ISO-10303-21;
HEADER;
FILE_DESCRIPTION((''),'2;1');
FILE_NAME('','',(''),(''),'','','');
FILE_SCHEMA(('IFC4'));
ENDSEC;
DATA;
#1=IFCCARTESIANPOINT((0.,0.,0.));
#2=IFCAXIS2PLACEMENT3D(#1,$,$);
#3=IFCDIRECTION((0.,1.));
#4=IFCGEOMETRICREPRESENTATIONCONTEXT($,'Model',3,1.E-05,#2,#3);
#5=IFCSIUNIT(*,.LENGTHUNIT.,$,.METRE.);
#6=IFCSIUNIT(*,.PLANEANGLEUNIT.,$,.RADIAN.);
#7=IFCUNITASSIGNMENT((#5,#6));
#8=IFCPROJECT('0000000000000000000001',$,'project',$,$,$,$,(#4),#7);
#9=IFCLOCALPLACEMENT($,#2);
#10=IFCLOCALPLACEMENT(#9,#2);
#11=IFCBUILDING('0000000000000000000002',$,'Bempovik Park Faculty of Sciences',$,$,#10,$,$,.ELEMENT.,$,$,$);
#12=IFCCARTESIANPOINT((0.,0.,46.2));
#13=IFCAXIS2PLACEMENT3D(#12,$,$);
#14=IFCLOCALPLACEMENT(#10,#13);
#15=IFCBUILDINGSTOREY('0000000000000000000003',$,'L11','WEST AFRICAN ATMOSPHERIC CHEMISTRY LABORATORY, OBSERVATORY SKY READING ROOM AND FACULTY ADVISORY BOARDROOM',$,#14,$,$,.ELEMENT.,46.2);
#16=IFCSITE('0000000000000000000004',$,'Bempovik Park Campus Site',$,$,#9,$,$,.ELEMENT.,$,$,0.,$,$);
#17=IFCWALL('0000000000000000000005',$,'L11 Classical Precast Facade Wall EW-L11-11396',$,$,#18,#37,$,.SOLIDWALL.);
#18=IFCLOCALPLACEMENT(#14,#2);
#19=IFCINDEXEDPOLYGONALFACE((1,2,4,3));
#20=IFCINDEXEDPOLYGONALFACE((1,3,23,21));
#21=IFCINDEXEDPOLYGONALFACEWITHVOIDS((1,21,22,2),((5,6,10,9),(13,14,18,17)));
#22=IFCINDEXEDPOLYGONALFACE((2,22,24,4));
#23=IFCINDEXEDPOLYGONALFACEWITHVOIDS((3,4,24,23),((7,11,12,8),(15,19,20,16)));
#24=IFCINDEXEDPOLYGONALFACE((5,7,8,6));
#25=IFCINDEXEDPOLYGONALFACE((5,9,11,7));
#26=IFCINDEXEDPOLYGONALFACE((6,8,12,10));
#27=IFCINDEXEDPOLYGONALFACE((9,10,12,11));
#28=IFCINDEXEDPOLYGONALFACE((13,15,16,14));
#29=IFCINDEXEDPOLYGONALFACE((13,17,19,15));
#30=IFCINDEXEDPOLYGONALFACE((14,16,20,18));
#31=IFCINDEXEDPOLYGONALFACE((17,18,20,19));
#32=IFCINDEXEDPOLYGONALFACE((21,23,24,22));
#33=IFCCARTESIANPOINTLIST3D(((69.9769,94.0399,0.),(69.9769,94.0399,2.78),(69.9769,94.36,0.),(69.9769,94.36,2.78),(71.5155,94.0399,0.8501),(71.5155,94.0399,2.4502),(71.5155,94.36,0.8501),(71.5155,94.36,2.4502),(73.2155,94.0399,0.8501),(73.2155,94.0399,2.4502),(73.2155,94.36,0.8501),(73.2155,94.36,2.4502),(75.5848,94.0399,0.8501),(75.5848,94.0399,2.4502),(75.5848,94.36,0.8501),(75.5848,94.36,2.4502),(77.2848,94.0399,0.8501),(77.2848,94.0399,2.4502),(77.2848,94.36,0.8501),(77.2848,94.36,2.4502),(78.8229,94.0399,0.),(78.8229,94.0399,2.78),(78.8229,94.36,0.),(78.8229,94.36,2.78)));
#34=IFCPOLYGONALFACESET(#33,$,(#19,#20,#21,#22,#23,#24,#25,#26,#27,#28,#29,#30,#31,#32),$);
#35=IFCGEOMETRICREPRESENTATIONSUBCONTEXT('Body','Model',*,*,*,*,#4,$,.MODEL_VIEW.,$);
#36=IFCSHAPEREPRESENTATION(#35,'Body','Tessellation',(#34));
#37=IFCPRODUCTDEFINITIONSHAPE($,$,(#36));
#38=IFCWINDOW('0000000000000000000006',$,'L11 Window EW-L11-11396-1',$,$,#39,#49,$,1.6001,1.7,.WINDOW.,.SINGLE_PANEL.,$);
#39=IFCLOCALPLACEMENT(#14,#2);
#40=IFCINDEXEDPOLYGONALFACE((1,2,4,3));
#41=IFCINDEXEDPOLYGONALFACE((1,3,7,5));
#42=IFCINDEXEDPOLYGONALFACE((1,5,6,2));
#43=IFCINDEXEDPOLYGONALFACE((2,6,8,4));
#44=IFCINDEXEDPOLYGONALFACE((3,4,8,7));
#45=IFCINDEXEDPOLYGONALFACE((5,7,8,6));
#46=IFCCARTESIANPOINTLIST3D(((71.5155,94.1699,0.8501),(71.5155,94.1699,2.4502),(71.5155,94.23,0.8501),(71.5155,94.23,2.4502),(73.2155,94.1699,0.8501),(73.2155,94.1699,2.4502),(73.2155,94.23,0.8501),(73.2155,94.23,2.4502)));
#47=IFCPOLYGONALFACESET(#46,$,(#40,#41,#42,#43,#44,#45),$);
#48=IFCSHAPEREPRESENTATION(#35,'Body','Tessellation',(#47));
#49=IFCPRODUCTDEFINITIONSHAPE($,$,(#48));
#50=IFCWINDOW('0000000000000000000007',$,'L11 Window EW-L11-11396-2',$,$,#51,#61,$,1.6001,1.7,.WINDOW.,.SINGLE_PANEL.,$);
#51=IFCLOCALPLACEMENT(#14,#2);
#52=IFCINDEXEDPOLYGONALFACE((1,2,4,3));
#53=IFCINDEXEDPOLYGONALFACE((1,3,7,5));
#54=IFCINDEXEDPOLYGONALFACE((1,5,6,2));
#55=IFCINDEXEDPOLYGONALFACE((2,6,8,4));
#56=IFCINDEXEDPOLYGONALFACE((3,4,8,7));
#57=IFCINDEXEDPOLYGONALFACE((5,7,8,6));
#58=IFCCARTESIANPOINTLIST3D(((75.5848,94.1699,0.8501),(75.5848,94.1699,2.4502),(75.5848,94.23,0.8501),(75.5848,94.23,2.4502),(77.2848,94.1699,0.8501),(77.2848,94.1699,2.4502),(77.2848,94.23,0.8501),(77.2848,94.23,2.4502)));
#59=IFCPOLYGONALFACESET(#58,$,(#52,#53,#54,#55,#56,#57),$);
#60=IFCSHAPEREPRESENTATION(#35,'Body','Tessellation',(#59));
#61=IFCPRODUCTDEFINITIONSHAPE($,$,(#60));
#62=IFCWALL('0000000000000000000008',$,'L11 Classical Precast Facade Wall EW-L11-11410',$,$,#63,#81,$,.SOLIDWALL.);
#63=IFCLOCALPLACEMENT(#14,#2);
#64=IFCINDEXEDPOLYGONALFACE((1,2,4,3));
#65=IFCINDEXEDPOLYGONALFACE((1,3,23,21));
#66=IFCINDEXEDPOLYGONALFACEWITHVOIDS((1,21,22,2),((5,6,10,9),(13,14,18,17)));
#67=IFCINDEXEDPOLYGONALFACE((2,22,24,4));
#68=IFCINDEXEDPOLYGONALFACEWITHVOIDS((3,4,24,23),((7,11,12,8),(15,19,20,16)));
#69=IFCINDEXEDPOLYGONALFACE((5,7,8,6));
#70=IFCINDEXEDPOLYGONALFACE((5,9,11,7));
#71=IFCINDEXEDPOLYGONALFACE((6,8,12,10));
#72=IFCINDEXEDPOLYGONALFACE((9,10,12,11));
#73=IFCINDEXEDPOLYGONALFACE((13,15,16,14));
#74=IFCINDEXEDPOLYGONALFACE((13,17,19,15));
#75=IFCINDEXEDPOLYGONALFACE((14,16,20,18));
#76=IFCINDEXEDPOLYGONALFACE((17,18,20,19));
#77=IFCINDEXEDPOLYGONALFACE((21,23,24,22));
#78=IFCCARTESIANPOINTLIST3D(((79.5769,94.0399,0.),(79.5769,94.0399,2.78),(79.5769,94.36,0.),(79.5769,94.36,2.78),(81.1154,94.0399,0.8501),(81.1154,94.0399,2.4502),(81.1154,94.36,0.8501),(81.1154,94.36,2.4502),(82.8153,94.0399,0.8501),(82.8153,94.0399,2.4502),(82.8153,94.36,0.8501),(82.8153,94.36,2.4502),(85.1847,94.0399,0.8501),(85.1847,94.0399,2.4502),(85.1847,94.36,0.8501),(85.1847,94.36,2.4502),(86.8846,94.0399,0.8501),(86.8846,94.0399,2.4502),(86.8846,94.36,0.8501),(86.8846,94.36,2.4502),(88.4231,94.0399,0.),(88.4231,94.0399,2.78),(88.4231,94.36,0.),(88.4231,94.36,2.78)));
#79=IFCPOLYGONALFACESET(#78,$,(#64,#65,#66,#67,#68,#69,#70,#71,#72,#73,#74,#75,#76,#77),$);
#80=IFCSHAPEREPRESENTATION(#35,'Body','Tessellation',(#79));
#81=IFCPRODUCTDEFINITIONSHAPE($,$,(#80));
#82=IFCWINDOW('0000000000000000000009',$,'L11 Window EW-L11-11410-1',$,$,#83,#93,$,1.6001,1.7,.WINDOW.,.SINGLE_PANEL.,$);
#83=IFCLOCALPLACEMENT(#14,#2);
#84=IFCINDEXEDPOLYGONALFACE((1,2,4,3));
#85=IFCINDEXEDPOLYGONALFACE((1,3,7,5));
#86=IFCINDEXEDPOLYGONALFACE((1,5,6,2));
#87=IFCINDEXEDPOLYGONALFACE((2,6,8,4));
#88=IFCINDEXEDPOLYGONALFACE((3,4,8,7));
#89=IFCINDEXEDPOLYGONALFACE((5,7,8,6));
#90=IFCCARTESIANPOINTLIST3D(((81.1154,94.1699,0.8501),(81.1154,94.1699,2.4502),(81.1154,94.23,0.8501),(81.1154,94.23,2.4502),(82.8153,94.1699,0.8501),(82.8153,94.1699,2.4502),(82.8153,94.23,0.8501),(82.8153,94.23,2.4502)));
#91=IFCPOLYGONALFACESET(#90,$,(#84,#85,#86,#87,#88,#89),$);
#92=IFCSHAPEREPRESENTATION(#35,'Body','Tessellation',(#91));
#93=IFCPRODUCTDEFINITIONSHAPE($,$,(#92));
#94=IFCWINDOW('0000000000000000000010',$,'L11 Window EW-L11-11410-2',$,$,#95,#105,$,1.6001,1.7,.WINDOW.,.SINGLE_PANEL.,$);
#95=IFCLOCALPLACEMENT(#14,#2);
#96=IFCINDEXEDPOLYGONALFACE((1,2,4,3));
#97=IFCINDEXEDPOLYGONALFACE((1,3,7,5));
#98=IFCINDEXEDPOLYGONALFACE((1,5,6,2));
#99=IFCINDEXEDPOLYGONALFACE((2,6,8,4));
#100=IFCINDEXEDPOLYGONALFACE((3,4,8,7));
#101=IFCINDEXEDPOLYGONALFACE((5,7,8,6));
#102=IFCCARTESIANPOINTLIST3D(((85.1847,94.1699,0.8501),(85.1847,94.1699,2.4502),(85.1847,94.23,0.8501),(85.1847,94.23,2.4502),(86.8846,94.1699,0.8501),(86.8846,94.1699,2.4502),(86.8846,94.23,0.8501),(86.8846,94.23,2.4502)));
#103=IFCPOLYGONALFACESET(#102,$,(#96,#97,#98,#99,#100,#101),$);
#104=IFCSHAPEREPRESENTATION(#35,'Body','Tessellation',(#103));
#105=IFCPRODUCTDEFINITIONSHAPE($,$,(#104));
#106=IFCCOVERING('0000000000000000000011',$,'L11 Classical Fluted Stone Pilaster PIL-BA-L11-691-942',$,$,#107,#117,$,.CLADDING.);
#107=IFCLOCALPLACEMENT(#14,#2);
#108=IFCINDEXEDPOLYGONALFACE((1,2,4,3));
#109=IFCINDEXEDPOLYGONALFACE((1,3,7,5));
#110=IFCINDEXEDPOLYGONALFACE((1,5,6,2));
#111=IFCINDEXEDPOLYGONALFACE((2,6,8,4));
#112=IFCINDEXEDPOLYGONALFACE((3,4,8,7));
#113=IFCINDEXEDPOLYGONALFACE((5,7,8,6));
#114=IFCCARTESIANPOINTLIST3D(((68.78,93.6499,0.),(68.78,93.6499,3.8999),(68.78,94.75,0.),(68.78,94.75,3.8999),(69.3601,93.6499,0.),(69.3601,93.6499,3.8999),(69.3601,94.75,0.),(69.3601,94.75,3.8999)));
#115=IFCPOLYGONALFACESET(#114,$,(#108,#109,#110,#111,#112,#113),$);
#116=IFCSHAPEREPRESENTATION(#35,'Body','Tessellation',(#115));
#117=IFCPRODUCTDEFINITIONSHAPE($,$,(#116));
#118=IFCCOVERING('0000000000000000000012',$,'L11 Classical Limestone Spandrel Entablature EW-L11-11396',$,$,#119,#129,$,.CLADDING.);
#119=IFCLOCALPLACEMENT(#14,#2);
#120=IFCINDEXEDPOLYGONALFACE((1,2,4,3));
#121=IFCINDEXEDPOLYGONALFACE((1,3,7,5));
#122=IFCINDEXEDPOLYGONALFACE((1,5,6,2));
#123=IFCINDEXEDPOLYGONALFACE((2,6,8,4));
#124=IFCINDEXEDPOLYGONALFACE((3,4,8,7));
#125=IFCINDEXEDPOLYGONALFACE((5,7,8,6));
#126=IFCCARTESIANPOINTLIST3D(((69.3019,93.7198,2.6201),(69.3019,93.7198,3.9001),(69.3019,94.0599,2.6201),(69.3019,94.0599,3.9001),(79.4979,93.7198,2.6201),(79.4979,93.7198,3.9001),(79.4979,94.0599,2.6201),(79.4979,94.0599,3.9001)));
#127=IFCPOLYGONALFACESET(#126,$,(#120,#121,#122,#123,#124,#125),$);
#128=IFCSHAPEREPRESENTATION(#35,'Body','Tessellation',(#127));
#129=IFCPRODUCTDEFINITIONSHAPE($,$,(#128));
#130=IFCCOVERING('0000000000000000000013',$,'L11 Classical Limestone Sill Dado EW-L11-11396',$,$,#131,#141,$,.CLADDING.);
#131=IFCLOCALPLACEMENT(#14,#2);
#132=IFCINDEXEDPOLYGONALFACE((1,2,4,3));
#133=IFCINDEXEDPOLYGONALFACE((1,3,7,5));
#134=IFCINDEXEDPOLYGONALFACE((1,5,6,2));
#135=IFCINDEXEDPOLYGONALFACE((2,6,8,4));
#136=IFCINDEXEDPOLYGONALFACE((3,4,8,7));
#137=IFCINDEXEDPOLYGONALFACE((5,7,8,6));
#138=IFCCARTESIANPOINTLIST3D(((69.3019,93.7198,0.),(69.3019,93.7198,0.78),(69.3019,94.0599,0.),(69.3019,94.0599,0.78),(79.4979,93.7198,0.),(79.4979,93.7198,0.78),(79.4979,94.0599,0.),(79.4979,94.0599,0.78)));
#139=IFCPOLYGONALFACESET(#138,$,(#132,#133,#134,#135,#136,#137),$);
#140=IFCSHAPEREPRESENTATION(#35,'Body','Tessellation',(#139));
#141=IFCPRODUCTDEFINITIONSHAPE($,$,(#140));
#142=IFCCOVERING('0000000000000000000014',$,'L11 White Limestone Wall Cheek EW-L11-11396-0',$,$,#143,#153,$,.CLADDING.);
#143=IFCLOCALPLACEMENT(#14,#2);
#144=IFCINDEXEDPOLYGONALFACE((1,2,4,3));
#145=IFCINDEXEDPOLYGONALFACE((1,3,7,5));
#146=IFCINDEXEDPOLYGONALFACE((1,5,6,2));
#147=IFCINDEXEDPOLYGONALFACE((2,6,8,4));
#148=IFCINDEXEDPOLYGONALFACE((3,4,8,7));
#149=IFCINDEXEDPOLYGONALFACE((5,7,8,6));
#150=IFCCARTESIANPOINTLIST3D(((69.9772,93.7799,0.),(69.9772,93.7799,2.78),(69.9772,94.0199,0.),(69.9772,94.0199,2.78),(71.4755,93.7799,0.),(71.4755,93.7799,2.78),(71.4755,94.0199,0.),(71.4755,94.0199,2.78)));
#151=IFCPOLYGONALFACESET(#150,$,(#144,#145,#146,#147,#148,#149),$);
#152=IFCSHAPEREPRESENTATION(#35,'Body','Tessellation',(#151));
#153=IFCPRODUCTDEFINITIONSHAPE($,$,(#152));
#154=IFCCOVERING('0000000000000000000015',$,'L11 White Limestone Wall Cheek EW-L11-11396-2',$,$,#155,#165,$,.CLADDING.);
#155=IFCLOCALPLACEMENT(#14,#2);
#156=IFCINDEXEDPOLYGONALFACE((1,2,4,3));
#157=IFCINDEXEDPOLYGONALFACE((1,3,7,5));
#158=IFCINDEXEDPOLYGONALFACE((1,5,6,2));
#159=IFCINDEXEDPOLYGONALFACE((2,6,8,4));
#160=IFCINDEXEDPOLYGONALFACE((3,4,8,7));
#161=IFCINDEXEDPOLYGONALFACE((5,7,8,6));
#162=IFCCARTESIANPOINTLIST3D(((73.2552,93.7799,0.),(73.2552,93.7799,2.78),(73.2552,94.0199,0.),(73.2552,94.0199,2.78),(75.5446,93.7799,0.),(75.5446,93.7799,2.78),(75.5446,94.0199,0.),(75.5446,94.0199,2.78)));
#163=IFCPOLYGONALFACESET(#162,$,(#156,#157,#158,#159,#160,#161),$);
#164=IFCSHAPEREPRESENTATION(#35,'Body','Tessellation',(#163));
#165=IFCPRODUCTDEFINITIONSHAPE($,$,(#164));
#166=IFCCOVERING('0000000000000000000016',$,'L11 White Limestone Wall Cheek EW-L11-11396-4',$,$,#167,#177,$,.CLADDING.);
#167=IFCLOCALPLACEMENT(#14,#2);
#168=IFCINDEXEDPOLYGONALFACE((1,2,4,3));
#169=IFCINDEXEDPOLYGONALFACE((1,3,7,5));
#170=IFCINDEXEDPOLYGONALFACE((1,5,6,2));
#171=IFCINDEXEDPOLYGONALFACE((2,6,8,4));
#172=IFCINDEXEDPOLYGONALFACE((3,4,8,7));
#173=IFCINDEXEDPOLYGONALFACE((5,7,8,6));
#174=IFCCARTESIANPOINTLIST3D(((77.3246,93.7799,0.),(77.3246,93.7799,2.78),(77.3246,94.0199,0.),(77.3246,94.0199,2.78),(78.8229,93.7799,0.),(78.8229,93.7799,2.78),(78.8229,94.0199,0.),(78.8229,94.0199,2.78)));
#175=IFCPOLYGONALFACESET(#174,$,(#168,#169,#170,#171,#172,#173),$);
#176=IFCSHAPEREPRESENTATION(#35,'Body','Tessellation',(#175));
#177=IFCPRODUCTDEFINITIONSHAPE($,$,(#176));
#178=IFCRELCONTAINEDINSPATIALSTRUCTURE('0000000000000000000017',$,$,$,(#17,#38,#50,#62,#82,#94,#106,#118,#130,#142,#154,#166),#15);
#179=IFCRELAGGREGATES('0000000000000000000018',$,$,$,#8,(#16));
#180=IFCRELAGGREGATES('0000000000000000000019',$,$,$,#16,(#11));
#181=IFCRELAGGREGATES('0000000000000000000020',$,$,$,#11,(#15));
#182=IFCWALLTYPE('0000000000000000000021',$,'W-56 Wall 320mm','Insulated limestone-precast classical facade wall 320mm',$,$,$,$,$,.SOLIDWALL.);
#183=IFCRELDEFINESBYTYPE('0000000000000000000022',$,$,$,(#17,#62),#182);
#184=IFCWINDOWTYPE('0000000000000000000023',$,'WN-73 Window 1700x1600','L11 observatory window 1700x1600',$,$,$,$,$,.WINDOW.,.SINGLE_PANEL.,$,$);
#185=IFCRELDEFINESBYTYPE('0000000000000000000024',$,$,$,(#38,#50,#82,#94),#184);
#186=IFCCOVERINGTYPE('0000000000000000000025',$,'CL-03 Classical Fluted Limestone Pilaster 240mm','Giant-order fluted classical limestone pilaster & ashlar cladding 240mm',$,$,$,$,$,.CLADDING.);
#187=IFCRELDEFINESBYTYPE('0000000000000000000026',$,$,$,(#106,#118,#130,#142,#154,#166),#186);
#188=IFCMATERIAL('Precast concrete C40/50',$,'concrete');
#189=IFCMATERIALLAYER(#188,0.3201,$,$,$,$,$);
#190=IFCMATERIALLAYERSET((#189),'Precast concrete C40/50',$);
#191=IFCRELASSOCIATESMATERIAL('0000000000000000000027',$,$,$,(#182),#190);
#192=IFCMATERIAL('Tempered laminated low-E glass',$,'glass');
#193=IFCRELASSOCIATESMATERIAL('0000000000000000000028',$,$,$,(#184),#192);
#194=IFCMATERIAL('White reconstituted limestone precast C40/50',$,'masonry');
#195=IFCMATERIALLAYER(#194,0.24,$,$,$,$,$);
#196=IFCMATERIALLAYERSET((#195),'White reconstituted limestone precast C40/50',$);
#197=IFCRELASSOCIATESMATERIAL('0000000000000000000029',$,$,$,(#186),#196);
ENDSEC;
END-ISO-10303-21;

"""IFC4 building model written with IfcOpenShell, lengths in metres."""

from ifc_helpers import new_model, si_unit, direction, frame, frame_2d, origin, origin_2d, place, context, subcontext, project, spatial, rectangle, extrude, material, layer, layer_set, type_object, element, fill, save


model = new_model("IFC4")

# Units and contexts
model_context = context("Model", 3, precision=1e-05, world=origin(), true_north=direction((0.0, 1.0)))
body_context = subcontext(model_context, "Body", "Model", "MODEL_VIEW")
ifc_project = project(units=[si_unit("LENGTHUNIT", "METRE"), si_unit("PLANEANGLEUNIT", "RADIAN")], contexts=[model_context])

# Site, building, storey
site_placement = place(None, origin())
site = spatial("IfcSite", under=ifc_project, at=site_placement, Name="Bempovik Park Campus Site", CompositionType="ELEMENT", RefElevation=0.0)
building_placement = place(site_placement, origin())
building = spatial("IfcBuilding", under=site, at=building_placement, Name="Bempovik Park Faculty of Sciences", CompositionType="ELEMENT")
storey_placement = place(building_placement, frame((0.0, 0.0, 46.2)))
storey = spatial("IfcBuildingStorey", under=building, at=storey_placement, Name="L11", Description="WEST AFRICAN ATMOSPHERIC CHEMISTRY LABORATORY, OBSERVATORY SKY READING ROOM AND FACULTY ADVISORY BOARDROOM", CompositionType="ELEMENT", Elevation=46.2)

# Walls, openings, windows
ifc_material_1 = material(Name="Precast concrete C40/50", Category="concrete")
ifc_layer_1 = layer(ifc_material_1, 0.3201)
ifc_layer_set_1 = layer_set([ifc_layer_1], Name="Precast concrete C40/50")
wall_type = type_object("IfcWallType", Name="W-56 Wall 320mm", Description="Insulated limestone-precast classical facade wall 320mm", PredefinedType="SOLIDWALL", material=ifc_layer_set_1)
ifc_material_2 = material(Name="Tempered laminated low-E glass", Category="glass")
wall_1_placement = place(storey_placement, frame((69.9771, 94.2, 0.0), z_axis=(0.0, 0.0, 1.0), x_axis=(1.0, 0.0, 0.0)))
wall_1 = element("IfcWall", 1, at=wall_1_placement, inside=storey, type_object=wall_type, Name="L11 Classical Precast Facade Wall EW-L11-11396", PredefinedType="SOLIDWALL", context=body_context, shape_type="SweptSolid", body=[
    extrude(rectangle(XDim=8.8459, YDim=0.3201, at=frame_2d((4.4229, 0.0))), origin(), (0.0, 0.0, 1.0), 2.78),
])
opening_1_placement = place(wall_1_placement, frame((1.5383, 0.0, 0.8501)))
opening_1 = element("IfcOpeningElement", 2, at=opening_1_placement, cuts=wall_1, PredefinedType="OPENING", context=body_context, shape_type="SweptSolid", body=[
    extrude(rectangle(XDim=1.7, YDim=1.6001, at=frame_2d((0.8501, 0.8))), frame((0.0, 0.1699, 0.0), z_axis=(0.0, -1.0, 0.0), x_axis=(1.0, 0.0, 0.0)), (0.0, 0.0, 1.0), 0.3401),
])
opening_2_placement = place(wall_1_placement, frame((5.6077, 0.0, 0.8501)))
opening_2 = element("IfcOpeningElement", 3, at=opening_2_placement, cuts=wall_1, PredefinedType="OPENING", context=body_context, shape_type="SweptSolid", body=[
    extrude(rectangle(XDim=1.7, YDim=1.6001, at=frame_2d((0.8501, 0.8))), frame((0.0, 0.1699, 0.0), z_axis=(0.0, -1.0, 0.0), x_axis=(1.0, 0.0, 0.0)), (0.0, 0.0, 1.0), 0.3401),
])
window_type_1 = type_object("IfcWindowType", Name="WN-73 Window 1700x1600", Description="L11 observatory window 1700x1600", PartitioningType="SINGLE_PANEL", PredefinedType="WINDOW", material=ifc_material_2)
window_1_placement = place(opening_1_placement, origin())
window_1 = element("IfcWindow", 4, at=window_1_placement, inside=storey, type_object=window_type_1, Name="L11 Window EW-L11-11396-1", OverallHeight=1.6001, OverallWidth=1.7, PartitioningType="SINGLE_PANEL", PredefinedType="WINDOW", context=body_context, shape_type="SweptSolid", body=[
    extrude(rectangle(XDim=1.7, YDim=1.6001, at=frame_2d((0.8501, 0.8))), frame((0.0, 0.03, 0.0), z_axis=(0.0, -1.0, 0.0), x_axis=(1.0, 0.0, 0.0)), (0.0, 0.0, 1.0), 0.0601),
])
fill(opening_1, window_1)
window_2_placement = place(opening_2_placement, origin())
window_2 = element("IfcWindow", 5, at=window_2_placement, inside=storey, type_object=window_type_1, Name="L11 Window EW-L11-11396-2", OverallHeight=1.6001, OverallWidth=1.7, PartitioningType="SINGLE_PANEL", PredefinedType="WINDOW", context=body_context, shape_type="SweptSolid", body=[
    extrude(rectangle(XDim=1.7, YDim=1.6001, at=frame_2d((0.8501, 0.8))), frame((0.0, 0.03, 0.0), z_axis=(0.0, -1.0, 0.0), x_axis=(1.0, 0.0, 0.0)), (0.0, 0.0, 1.0), 0.0601),
])
fill(opening_2, window_2)
wall_2_placement = place(storey_placement, frame((79.5769, 94.2, 0.0), z_axis=(0.0, 0.0, 1.0), x_axis=(1.0, 0.0, 0.0)))
wall_2 = element("IfcWall", 6, at=wall_2_placement, inside=storey, type_object=wall_type, Name="L11 Classical Precast Facade Wall EW-L11-11410", PredefinedType="SOLIDWALL", context=body_context, shape_type="SweptSolid", body=[
    extrude(rectangle(XDim=8.8462, YDim=0.3201, at=frame_2d((4.4231, 0.0))), origin(), (0.0, 0.0, 1.0), 2.78),
])
opening_3_placement = place(wall_2_placement, frame((1.5383, 0.0, 0.8501)))
opening_3 = element("IfcOpeningElement", 7, at=opening_3_placement, cuts=wall_2, PredefinedType="OPENING", context=body_context, shape_type="SweptSolid", body=[
    extrude(rectangle(XDim=1.7, YDim=1.6001, at=frame_2d((0.8501, 0.8))), frame((0.0, 0.1699, 0.0), z_axis=(0.0, -1.0, 0.0), x_axis=(1.0, 0.0, 0.0)), (0.0, 0.0, 1.0), 0.3401),
])
opening_4_placement = place(wall_2_placement, frame((5.6077, 0.0, 0.8501)))
opening_4 = element("IfcOpeningElement", 8, at=opening_4_placement, cuts=wall_2, PredefinedType="OPENING", context=body_context, shape_type="SweptSolid", body=[
    extrude(rectangle(XDim=1.7, YDim=1.6001, at=frame_2d((0.8501, 0.8))), frame((0.0, 0.1699, 0.0), z_axis=(0.0, -1.0, 0.0), x_axis=(1.0, 0.0, 0.0)), (0.0, 0.0, 1.0), 0.3401),
])
window_3_placement = place(opening_3_placement, origin())
window_3 = element("IfcWindow", 9, at=window_3_placement, inside=storey, type_object=window_type_1, Name="L11 Window EW-L11-11410-1", OverallHeight=1.6001, OverallWidth=1.7, PartitioningType="SINGLE_PANEL", PredefinedType="WINDOW", context=body_context, shape_type="SweptSolid", body=[
    extrude(rectangle(XDim=1.7, YDim=1.6001, at=frame_2d((0.8501, 0.8))), frame((0.0, 0.03, 0.0), z_axis=(0.0, -1.0, 0.0), x_axis=(1.0, 0.0, 0.0)), (0.0, 0.0, 1.0), 0.0601),
])
fill(opening_3, window_3)
window_4_placement = place(opening_4_placement, origin())
window_4 = element("IfcWindow", 10, at=window_4_placement, inside=storey, type_object=window_type_1, Name="L11 Window EW-L11-11410-2", OverallHeight=1.6001, OverallWidth=1.7, PartitioningType="SINGLE_PANEL", PredefinedType="WINDOW", context=body_context, shape_type="SweptSolid", body=[
    extrude(rectangle(XDim=1.7, YDim=1.6001, at=frame_2d((0.8501, 0.8))), frame((0.0, 0.03, 0.0), z_axis=(0.0, -1.0, 0.0), x_axis=(1.0, 0.0, 0.0)), (0.0, 0.0, 1.0), 0.0601),
])
fill(opening_4, window_4)

# Coverings
ifc_material_3 = material(Name="White reconstituted limestone precast C40/50", Category="masonry")
ifc_layer_2 = layer(ifc_material_3, 0.24)
ifc_layer_set_2 = layer_set([ifc_layer_2], Name="White reconstituted limestone precast C40/50")
covering_type = type_object("IfcCoveringType", Name="CL-03 Classical Fluted Limestone Pilaster 240mm", Description="Giant-order fluted classical limestone pilaster & ashlar cladding 240mm", PredefinedType="CLADDING", material=ifc_layer_set_2)
covering_1_placement = place(storey_placement, frame((69.0701, 94.2, 0.0), z_axis=(0.0, 0.0, 1.0), x_axis=(1.0, 0.0, 0.0)))
element("IfcCovering", 11, at=covering_1_placement, inside=storey, type_object=covering_type, Name="L11 Classical Fluted Stone Pilaster PIL-BA-L11-691-942", PredefinedType="CLADDING", context=body_context, shape_type="SweptSolid", body=[
    extrude(rectangle(XDim=0.5801, YDim=1.1001, at=origin_2d()), origin(), (0.0, 0.0, 1.0), 3.8999),
])
covering_2_placement = place(storey_placement, frame((74.3999, 93.8899, 2.6201), z_axis=(0.0, 0.0, 1.0), x_axis=(1.0, 0.0, 0.0)))
element("IfcCovering", 12, at=covering_2_placement, inside=storey, type_object=covering_type, Name="L11 Classical Limestone Spandrel Entablature EW-L11-11396", PredefinedType="CLADDING", context=body_context, shape_type="SweptSolid", body=[
    extrude(rectangle(XDim=10.196, YDim=0.3401, at=origin_2d()), origin(), (0.0, 0.0, 1.0), 1.28),
])
covering_3_placement = place(storey_placement, frame((74.3999, 93.8899, 0.0), z_axis=(0.0, 0.0, 1.0), x_axis=(1.0, 0.0, 0.0)))
element("IfcCovering", 13, at=covering_3_placement, inside=storey, type_object=covering_type, Name="L11 Classical Limestone Sill Dado EW-L11-11396", PredefinedType="CLADDING", context=body_context, shape_type="SweptSolid", body=[
    extrude(rectangle(XDim=10.196, YDim=0.3401, at=origin_2d()), origin(), (0.0, 0.0, 1.0), 0.78),
])
covering_4_placement = place(storey_placement, frame((70.7263, 93.8999, 0.0), z_axis=(0.0, 0.0, 1.0), x_axis=(1.0, 0.0, 0.0)))
element("IfcCovering", 14, at=covering_4_placement, inside=storey, type_object=covering_type, Name="L11 White Limestone Wall Cheek EW-L11-11396-0", PredefinedType="CLADDING", context=body_context, shape_type="SweptSolid", body=[
    extrude(rectangle(XDim=1.4983, YDim=0.24, at=origin_2d()), origin(), (0.0, 0.0, 1.0), 2.78),
])
covering_5_placement = place(storey_placement, frame((74.3999, 93.8999, 0.0), z_axis=(0.0, 0.0, 1.0), x_axis=(1.0, 0.0, 0.0)))
element("IfcCovering", 15, at=covering_5_placement, inside=storey, type_object=covering_type, Name="L11 White Limestone Wall Cheek EW-L11-11396-2", PredefinedType="CLADDING", context=body_context, shape_type="SweptSolid", body=[
    extrude(rectangle(XDim=2.2893, YDim=0.24, at=origin_2d()), origin(), (0.0, 0.0, 1.0), 2.78),
])
covering_6_placement = place(storey_placement, frame((78.0737, 93.8999, 0.0), z_axis=(0.0, 0.0, 1.0), x_axis=(1.0, 0.0, 0.0)))
element("IfcCovering", 16, at=covering_6_placement, inside=storey, type_object=covering_type, Name="L11 White Limestone Wall Cheek EW-L11-11396-4", PredefinedType="CLADDING", context=body_context, shape_type="SweptSolid", body=[
    extrude(rectangle(XDim=1.4983, YDim=0.24, at=origin_2d()), origin(), (0.0, 0.0, 1.0), 2.78),
])

save(model, "model.ifc")
